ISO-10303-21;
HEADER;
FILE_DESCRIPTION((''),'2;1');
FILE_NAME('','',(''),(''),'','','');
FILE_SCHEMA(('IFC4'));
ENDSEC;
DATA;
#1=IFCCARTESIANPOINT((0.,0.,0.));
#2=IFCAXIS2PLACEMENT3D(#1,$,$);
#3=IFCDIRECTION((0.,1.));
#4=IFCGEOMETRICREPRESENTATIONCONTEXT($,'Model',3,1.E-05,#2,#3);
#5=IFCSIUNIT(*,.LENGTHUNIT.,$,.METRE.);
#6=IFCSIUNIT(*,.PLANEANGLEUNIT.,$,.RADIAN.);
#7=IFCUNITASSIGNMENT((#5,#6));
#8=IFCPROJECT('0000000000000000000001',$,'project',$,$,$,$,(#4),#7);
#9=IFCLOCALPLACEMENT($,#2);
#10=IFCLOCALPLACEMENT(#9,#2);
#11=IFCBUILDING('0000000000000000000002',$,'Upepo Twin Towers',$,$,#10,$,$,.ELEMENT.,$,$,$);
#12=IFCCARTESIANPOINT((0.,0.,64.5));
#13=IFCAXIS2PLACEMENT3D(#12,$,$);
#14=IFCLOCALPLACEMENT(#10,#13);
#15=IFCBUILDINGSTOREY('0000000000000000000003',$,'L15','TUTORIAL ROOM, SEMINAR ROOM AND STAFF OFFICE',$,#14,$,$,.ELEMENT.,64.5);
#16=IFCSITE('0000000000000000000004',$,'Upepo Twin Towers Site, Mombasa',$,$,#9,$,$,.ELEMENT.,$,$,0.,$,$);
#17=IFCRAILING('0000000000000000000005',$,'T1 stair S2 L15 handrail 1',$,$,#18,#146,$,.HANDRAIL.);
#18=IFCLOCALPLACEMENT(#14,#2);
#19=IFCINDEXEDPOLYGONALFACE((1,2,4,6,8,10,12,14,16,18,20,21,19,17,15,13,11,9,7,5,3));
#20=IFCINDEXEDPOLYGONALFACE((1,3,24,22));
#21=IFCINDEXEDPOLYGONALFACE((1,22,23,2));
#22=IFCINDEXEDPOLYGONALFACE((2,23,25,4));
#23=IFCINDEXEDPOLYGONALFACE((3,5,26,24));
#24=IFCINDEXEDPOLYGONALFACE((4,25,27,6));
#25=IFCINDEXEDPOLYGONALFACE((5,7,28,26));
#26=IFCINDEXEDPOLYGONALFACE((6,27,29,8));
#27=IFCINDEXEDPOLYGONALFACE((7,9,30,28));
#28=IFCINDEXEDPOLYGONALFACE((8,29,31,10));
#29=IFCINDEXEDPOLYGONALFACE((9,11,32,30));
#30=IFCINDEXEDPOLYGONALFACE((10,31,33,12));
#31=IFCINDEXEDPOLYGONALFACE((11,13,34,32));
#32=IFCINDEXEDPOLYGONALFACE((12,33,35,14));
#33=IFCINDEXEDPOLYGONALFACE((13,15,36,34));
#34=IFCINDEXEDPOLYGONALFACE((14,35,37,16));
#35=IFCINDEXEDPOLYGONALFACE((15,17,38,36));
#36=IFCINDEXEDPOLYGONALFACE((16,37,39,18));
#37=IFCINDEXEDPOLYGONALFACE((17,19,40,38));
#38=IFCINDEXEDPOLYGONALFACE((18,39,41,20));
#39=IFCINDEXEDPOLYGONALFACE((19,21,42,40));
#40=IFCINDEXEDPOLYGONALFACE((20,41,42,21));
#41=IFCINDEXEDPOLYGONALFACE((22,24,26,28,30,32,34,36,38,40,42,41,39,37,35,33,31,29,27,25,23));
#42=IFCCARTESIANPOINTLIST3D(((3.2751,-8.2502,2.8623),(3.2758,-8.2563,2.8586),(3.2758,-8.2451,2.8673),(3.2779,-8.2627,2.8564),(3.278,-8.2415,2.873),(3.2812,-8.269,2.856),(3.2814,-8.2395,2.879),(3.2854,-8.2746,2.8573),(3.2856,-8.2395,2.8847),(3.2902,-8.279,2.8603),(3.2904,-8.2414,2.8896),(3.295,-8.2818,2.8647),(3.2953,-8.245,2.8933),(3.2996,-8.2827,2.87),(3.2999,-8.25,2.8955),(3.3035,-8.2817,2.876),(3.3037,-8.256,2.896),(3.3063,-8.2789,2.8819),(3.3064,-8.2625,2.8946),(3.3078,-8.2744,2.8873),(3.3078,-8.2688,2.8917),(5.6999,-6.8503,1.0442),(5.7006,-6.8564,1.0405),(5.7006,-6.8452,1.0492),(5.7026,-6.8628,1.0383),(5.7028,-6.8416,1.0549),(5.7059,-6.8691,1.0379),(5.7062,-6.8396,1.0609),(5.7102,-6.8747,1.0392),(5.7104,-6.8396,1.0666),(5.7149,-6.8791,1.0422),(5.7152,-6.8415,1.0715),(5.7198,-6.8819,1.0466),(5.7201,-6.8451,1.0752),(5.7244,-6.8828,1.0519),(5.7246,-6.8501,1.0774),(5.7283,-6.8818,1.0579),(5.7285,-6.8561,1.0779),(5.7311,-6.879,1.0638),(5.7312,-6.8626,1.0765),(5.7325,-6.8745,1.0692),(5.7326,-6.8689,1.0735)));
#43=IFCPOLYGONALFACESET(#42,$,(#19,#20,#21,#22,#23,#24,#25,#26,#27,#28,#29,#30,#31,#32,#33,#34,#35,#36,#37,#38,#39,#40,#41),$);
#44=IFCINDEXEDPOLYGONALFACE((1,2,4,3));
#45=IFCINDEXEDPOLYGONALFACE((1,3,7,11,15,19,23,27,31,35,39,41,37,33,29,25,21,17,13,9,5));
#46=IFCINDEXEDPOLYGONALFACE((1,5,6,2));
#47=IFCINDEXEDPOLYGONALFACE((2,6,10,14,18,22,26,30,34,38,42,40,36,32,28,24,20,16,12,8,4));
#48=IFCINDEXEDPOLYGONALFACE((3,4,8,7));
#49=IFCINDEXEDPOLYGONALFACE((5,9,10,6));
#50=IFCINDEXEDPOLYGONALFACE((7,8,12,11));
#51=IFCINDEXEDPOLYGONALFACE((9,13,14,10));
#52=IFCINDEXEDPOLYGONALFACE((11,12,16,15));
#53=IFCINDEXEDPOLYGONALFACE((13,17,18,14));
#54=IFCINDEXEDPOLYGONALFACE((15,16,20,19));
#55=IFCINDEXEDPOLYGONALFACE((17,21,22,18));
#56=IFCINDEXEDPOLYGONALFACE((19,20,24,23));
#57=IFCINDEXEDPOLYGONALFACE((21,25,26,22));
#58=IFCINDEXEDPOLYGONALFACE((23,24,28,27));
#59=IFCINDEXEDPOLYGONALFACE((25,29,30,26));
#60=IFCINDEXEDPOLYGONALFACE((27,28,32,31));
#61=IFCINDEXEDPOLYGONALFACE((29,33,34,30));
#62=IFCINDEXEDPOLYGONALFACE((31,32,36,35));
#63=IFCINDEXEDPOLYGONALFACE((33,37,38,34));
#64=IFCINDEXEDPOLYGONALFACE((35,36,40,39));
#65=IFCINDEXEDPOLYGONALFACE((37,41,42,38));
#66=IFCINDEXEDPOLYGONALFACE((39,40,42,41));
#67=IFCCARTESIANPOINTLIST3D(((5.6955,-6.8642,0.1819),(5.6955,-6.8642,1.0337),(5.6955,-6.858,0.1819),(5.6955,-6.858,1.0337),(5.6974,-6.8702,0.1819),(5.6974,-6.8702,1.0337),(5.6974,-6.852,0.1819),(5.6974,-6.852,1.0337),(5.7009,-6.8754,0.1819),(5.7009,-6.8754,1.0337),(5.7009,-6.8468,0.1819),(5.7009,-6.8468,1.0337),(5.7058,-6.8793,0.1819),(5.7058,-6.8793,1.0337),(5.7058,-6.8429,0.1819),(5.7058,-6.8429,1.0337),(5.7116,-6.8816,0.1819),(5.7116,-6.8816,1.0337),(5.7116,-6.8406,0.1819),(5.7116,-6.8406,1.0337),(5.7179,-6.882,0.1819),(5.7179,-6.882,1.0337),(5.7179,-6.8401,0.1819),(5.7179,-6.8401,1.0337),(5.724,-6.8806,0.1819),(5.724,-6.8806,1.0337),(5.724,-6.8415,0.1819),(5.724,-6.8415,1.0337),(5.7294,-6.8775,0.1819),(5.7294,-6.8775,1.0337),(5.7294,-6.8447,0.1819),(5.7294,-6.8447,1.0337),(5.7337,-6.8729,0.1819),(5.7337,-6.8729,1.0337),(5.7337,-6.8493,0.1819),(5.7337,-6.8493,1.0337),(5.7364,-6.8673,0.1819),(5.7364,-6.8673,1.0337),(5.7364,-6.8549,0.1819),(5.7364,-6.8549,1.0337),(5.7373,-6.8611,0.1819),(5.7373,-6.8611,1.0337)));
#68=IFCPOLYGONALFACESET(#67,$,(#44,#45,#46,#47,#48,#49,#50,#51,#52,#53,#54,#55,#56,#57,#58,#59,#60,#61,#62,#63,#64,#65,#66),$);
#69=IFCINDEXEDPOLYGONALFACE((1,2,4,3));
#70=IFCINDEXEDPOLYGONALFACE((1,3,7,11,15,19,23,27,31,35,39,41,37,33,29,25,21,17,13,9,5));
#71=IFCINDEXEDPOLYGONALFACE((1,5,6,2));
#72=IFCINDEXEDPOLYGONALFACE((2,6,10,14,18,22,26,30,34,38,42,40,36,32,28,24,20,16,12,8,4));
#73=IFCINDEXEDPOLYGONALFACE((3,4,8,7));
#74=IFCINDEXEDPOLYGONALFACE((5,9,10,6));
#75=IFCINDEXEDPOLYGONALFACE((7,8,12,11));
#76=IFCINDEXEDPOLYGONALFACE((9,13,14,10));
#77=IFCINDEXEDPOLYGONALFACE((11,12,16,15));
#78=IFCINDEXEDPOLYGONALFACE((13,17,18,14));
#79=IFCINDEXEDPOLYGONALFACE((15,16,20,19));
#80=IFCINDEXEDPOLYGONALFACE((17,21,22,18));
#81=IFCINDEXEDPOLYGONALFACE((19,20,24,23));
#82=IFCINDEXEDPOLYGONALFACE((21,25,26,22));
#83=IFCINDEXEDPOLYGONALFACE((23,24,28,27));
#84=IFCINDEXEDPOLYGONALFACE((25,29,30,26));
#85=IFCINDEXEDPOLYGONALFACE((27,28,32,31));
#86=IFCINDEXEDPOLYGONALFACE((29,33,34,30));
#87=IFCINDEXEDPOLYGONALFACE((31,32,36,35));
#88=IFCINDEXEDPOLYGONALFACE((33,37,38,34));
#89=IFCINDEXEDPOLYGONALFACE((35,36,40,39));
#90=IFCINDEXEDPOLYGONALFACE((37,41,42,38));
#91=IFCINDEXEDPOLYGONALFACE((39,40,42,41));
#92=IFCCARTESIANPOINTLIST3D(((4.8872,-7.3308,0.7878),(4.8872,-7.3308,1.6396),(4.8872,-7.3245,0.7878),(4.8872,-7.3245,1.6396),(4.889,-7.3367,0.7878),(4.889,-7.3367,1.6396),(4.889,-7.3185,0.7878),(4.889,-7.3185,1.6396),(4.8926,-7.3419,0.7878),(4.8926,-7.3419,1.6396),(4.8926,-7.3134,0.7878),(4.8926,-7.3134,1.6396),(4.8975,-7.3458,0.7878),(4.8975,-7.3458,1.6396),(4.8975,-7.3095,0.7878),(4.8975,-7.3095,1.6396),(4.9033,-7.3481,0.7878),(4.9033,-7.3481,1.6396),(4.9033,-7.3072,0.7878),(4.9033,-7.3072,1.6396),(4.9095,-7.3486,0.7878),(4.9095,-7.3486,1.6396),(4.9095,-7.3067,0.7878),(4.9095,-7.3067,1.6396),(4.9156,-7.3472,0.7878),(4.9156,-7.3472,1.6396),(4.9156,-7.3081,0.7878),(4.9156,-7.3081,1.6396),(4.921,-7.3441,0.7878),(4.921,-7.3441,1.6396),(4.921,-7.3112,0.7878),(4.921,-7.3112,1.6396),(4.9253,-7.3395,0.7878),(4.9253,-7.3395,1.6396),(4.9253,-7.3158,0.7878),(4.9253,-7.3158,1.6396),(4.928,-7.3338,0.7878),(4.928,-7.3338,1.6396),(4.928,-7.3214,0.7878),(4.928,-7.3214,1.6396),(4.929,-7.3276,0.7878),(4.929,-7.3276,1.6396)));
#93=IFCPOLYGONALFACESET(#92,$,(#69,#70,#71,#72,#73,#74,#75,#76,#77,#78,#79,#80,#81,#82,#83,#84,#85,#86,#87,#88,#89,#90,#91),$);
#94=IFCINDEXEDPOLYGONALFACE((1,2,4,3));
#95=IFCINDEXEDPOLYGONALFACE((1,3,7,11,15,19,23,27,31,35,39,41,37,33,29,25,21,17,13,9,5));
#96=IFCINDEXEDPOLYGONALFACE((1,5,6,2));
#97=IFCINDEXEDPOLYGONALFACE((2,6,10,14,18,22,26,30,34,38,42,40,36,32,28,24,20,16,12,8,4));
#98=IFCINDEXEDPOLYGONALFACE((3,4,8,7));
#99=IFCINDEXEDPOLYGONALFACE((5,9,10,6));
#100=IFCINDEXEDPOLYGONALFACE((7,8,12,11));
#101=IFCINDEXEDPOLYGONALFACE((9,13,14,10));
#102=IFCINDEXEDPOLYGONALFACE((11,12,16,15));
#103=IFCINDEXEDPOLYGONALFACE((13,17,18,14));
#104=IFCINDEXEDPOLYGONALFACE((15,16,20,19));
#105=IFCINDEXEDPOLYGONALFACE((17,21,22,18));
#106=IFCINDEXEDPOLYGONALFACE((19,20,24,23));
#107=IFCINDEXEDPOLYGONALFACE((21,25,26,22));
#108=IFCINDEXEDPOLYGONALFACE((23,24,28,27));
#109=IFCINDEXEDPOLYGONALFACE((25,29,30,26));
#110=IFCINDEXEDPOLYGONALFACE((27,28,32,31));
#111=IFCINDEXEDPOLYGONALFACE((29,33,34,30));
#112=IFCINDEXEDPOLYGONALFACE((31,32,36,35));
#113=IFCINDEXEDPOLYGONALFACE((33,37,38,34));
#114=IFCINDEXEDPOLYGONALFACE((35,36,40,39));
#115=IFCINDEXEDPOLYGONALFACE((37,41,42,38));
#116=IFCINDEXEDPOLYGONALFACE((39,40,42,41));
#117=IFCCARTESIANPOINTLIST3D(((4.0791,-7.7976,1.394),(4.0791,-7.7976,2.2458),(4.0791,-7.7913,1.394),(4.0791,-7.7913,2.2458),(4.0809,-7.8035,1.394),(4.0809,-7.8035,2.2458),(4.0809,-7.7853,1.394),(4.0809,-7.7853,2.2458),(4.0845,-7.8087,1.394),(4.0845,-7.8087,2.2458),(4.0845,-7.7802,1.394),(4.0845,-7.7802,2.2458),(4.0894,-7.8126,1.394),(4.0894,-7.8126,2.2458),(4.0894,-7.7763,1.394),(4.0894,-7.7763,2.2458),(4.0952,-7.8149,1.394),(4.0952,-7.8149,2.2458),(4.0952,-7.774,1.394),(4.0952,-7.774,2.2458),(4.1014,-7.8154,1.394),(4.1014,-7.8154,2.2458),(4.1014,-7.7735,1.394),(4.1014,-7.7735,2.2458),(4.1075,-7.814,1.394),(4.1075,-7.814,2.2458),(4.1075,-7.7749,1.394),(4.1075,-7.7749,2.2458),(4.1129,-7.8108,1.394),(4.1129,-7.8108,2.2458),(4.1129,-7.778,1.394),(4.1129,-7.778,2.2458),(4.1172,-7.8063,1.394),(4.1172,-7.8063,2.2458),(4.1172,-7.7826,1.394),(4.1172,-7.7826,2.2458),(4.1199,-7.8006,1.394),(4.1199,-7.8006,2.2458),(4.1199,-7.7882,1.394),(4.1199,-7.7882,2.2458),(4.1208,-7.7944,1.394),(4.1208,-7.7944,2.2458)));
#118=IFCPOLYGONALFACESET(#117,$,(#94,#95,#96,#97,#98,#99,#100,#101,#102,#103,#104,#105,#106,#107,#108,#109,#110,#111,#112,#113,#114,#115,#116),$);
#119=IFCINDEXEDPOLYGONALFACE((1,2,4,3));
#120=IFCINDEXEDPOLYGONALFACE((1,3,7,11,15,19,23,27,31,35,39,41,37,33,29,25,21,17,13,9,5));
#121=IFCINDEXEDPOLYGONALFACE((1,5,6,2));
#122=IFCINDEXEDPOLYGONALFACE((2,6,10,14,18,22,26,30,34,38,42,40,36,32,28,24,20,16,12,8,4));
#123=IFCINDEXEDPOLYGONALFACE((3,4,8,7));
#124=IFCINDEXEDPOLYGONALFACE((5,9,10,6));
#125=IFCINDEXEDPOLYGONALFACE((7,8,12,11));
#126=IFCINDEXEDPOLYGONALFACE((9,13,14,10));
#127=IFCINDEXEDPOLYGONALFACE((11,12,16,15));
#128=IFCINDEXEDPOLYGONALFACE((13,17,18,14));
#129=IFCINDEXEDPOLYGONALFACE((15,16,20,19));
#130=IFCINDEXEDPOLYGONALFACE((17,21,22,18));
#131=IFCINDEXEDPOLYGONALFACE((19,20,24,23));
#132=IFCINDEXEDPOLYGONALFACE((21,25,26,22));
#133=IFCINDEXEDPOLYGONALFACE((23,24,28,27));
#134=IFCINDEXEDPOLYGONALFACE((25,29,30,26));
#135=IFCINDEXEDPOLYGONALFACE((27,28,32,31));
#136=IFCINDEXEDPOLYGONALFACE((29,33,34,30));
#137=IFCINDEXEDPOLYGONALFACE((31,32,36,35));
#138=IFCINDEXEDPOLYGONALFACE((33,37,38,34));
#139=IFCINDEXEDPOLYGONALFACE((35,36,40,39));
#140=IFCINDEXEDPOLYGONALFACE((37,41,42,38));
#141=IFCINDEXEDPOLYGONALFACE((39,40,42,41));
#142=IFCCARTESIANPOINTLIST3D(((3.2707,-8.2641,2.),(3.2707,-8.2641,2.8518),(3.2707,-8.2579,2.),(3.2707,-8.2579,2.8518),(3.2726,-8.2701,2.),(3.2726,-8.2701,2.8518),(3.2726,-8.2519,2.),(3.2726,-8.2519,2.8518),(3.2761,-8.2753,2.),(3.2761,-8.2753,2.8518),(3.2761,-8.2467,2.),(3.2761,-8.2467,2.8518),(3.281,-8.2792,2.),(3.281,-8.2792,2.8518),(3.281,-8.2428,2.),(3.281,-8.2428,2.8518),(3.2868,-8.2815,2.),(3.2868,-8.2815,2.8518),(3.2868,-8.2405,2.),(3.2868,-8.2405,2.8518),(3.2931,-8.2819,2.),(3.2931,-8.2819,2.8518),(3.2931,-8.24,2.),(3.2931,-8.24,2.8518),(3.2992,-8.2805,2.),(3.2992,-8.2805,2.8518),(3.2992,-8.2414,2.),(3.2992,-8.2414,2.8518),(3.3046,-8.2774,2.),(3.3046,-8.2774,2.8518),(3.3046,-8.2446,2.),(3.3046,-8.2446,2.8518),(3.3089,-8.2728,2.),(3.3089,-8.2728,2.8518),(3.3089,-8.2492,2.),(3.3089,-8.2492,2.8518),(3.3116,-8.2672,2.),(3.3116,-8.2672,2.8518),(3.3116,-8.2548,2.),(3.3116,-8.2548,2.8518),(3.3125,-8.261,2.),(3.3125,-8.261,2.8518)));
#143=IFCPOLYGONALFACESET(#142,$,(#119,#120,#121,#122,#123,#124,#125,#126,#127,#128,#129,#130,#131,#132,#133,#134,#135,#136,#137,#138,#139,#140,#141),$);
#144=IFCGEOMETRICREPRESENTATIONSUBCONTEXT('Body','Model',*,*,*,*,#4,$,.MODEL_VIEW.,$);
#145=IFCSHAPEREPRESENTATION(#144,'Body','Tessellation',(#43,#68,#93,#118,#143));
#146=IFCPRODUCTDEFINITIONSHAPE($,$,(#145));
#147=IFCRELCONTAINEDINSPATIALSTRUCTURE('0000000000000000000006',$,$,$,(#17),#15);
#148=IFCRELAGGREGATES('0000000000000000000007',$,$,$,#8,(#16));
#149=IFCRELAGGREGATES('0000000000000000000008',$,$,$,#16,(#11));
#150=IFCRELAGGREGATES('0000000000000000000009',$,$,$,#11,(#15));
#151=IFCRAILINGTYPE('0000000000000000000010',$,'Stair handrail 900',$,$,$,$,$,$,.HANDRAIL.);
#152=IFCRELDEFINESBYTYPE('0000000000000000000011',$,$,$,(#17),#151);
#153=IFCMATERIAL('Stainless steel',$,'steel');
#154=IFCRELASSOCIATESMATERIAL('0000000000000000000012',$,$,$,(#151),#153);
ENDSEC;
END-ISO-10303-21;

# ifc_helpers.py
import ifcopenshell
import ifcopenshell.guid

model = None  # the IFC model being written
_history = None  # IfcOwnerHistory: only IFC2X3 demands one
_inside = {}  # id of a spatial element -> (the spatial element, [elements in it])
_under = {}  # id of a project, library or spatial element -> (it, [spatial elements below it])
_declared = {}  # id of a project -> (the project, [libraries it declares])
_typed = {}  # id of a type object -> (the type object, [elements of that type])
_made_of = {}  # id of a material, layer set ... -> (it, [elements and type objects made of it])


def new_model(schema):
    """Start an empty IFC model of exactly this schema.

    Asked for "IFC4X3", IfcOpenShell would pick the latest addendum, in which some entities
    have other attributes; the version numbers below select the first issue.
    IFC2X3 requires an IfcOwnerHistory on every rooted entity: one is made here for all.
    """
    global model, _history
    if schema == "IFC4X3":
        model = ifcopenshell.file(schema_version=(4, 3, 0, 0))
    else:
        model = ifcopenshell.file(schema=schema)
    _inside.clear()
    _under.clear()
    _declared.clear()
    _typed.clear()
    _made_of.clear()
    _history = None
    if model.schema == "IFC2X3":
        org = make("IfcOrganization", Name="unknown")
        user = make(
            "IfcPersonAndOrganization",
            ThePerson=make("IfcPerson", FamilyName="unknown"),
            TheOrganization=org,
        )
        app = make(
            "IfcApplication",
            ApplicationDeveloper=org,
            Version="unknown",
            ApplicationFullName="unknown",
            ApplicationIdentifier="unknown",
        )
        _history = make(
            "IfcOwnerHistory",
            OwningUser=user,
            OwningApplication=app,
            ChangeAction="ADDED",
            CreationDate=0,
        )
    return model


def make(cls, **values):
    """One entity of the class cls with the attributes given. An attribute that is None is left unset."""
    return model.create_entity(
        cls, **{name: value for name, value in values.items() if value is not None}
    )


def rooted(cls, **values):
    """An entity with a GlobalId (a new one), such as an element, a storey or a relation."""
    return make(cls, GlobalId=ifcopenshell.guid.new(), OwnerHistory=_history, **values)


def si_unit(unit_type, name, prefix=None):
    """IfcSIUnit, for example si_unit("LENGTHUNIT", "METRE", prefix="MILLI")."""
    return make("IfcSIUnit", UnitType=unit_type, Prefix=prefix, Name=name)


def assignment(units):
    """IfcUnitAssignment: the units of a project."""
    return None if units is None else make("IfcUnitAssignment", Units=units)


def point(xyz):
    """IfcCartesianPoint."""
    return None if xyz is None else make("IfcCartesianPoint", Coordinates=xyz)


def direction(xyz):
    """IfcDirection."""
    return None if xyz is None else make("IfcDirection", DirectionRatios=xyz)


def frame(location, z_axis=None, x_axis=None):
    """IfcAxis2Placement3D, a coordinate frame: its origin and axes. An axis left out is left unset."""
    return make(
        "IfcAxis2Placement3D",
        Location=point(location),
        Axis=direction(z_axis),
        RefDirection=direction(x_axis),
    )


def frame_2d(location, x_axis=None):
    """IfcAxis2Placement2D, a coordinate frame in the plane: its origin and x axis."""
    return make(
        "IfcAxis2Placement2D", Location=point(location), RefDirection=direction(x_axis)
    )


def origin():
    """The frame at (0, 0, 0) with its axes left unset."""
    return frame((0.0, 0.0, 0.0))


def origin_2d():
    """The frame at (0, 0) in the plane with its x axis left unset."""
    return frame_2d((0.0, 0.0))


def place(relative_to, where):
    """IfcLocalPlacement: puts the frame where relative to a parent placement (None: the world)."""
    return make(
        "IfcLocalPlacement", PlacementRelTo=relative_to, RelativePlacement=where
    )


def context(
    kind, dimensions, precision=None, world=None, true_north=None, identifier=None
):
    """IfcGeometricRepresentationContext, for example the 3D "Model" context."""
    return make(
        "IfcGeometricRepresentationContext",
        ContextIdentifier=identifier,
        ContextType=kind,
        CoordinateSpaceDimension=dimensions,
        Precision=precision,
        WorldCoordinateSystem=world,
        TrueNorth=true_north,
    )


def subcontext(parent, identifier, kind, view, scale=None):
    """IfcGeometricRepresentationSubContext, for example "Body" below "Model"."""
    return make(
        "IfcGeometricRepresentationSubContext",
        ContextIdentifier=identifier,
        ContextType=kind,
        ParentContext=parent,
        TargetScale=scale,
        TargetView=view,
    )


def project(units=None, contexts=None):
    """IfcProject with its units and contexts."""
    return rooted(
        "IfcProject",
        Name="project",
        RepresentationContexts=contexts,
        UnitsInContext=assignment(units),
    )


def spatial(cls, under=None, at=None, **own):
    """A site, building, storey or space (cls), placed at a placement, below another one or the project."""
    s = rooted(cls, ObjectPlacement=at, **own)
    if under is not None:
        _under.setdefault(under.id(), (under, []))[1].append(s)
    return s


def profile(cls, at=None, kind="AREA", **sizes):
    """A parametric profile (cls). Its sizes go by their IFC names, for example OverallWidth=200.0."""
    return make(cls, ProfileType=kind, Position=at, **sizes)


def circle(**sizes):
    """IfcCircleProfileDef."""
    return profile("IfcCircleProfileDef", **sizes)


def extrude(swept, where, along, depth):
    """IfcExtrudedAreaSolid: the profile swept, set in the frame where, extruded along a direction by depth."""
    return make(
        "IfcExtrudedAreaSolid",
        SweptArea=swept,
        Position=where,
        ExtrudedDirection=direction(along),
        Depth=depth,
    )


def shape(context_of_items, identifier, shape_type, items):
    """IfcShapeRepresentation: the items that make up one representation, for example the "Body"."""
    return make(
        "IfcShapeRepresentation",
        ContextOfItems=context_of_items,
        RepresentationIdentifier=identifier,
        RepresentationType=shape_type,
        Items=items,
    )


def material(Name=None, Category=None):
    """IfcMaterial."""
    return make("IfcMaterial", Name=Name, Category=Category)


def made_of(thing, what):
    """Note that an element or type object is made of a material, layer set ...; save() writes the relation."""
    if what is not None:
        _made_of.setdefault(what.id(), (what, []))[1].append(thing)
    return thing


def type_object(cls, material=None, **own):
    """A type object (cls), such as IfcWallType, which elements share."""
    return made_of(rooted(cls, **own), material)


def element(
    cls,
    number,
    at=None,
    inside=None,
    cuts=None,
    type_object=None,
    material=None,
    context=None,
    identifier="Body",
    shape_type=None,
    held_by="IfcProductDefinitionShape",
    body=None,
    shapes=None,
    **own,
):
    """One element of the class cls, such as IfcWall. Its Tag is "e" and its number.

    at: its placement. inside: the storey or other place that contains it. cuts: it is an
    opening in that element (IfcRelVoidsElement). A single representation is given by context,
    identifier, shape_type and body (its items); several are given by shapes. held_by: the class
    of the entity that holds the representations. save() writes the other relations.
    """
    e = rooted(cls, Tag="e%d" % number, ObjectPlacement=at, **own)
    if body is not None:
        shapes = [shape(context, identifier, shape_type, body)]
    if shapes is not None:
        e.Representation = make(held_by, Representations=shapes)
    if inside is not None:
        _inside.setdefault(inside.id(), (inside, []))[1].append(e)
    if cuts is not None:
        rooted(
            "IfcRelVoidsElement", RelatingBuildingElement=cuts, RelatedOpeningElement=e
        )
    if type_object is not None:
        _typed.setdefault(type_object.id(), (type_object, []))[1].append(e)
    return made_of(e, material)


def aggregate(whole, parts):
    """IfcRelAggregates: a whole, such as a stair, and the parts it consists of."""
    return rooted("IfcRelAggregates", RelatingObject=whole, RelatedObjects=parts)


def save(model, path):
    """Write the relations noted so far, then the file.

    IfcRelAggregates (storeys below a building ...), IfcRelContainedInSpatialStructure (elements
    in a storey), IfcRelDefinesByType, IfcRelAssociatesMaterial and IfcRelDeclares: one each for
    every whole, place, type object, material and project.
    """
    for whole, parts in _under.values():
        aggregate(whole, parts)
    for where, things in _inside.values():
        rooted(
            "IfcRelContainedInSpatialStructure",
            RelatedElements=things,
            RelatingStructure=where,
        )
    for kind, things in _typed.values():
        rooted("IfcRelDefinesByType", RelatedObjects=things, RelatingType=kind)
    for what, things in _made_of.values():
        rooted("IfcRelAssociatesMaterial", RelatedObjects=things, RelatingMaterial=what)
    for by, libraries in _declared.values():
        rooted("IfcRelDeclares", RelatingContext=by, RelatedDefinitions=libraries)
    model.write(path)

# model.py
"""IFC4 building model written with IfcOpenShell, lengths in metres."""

from ifc_helpers import new_model, si_unit, direction, frame, origin, origin_2d, place, context, subcontext, project, spatial, circle, extrude, material, type_object, element, save


model = new_model("IFC4")

# Units and contexts
model_context = context("Model", 3, precision=1e-05, world=origin(), true_north=direction((0.0, 1.0)))
body_context = subcontext(model_context, "Body", "Model", "MODEL_VIEW")
ifc_project = project(units=[si_unit("LENGTHUNIT", "METRE"), si_unit("PLANEANGLEUNIT", "RADIAN")], contexts=[model_context])

# Site, building, storey
site_placement = place(None, origin())
site = spatial("IfcSite", under=ifc_project, at=site_placement, Name="Upepo Twin Towers Site, Mombasa", CompositionType="ELEMENT", RefElevation=0.0)
building_placement = place(site_placement, origin())
building = spatial("IfcBuilding", under=site, at=building_placement, Name="Upepo Twin Towers", CompositionType="ELEMENT")
storey_placement = place(building_placement, frame((0.0, 0.0, 64.5)))
storey = spatial("IfcBuildingStorey", under=building, at=storey_placement, Name="L15", Description="TUTORIAL ROOM, SEMINAR ROOM AND STAFF OFFICE", CompositionType="ELEMENT", Elevation=64.5)

# Railing
ifc_material_1 = material(Name="Stainless steel", Category="steel")
railing_type = type_object("IfcRailingType", Name="Stair handrail 900", PredefinedType="HANDRAIL", material=ifc_material_1)
railing_1_placement = place(storey_placement, frame((5.7163, -6.8611, 0.1819)))
element("IfcRailing", 1, at=railing_1_placement, inside=storey, type_object=railing_type, Name="T1 stair S2 L15 handrail 1", PredefinedType="HANDRAIL", context=body_context, shape_type="SweptSolid", body=[
    extrude(circle(Radius=0.0239, at=origin_2d()), frame((0.0, 0.0, 0.876), z_axis=(-0.726336, -0.419333, 0.544606), x_axis=(0.499984, -0.866035, 0.0)), (0.0, 0.0, 1.0), 3.3384),
    extrude(circle(Radius=0.021, at=origin_2d()), origin(), (0.0, 0.0, 1.0), 0.8518),
    extrude(circle(Radius=0.021, at=origin_2d()), frame((-0.8083, -0.4666, 0.606)), (0.0, 0.0, 1.0), 0.8518),
    extrude(circle(Radius=0.021, at=origin_2d()), frame((-1.6165, -0.9333, 1.2122)), (0.0, 0.0, 1.0), 0.8518),
    extrude(circle(Radius=0.021, at=origin_2d()), frame((-2.4248, -1.3999, 1.8181)), (0.0, 0.0, 1.0), 0.8518),
])

save(model, "model.ifc")
